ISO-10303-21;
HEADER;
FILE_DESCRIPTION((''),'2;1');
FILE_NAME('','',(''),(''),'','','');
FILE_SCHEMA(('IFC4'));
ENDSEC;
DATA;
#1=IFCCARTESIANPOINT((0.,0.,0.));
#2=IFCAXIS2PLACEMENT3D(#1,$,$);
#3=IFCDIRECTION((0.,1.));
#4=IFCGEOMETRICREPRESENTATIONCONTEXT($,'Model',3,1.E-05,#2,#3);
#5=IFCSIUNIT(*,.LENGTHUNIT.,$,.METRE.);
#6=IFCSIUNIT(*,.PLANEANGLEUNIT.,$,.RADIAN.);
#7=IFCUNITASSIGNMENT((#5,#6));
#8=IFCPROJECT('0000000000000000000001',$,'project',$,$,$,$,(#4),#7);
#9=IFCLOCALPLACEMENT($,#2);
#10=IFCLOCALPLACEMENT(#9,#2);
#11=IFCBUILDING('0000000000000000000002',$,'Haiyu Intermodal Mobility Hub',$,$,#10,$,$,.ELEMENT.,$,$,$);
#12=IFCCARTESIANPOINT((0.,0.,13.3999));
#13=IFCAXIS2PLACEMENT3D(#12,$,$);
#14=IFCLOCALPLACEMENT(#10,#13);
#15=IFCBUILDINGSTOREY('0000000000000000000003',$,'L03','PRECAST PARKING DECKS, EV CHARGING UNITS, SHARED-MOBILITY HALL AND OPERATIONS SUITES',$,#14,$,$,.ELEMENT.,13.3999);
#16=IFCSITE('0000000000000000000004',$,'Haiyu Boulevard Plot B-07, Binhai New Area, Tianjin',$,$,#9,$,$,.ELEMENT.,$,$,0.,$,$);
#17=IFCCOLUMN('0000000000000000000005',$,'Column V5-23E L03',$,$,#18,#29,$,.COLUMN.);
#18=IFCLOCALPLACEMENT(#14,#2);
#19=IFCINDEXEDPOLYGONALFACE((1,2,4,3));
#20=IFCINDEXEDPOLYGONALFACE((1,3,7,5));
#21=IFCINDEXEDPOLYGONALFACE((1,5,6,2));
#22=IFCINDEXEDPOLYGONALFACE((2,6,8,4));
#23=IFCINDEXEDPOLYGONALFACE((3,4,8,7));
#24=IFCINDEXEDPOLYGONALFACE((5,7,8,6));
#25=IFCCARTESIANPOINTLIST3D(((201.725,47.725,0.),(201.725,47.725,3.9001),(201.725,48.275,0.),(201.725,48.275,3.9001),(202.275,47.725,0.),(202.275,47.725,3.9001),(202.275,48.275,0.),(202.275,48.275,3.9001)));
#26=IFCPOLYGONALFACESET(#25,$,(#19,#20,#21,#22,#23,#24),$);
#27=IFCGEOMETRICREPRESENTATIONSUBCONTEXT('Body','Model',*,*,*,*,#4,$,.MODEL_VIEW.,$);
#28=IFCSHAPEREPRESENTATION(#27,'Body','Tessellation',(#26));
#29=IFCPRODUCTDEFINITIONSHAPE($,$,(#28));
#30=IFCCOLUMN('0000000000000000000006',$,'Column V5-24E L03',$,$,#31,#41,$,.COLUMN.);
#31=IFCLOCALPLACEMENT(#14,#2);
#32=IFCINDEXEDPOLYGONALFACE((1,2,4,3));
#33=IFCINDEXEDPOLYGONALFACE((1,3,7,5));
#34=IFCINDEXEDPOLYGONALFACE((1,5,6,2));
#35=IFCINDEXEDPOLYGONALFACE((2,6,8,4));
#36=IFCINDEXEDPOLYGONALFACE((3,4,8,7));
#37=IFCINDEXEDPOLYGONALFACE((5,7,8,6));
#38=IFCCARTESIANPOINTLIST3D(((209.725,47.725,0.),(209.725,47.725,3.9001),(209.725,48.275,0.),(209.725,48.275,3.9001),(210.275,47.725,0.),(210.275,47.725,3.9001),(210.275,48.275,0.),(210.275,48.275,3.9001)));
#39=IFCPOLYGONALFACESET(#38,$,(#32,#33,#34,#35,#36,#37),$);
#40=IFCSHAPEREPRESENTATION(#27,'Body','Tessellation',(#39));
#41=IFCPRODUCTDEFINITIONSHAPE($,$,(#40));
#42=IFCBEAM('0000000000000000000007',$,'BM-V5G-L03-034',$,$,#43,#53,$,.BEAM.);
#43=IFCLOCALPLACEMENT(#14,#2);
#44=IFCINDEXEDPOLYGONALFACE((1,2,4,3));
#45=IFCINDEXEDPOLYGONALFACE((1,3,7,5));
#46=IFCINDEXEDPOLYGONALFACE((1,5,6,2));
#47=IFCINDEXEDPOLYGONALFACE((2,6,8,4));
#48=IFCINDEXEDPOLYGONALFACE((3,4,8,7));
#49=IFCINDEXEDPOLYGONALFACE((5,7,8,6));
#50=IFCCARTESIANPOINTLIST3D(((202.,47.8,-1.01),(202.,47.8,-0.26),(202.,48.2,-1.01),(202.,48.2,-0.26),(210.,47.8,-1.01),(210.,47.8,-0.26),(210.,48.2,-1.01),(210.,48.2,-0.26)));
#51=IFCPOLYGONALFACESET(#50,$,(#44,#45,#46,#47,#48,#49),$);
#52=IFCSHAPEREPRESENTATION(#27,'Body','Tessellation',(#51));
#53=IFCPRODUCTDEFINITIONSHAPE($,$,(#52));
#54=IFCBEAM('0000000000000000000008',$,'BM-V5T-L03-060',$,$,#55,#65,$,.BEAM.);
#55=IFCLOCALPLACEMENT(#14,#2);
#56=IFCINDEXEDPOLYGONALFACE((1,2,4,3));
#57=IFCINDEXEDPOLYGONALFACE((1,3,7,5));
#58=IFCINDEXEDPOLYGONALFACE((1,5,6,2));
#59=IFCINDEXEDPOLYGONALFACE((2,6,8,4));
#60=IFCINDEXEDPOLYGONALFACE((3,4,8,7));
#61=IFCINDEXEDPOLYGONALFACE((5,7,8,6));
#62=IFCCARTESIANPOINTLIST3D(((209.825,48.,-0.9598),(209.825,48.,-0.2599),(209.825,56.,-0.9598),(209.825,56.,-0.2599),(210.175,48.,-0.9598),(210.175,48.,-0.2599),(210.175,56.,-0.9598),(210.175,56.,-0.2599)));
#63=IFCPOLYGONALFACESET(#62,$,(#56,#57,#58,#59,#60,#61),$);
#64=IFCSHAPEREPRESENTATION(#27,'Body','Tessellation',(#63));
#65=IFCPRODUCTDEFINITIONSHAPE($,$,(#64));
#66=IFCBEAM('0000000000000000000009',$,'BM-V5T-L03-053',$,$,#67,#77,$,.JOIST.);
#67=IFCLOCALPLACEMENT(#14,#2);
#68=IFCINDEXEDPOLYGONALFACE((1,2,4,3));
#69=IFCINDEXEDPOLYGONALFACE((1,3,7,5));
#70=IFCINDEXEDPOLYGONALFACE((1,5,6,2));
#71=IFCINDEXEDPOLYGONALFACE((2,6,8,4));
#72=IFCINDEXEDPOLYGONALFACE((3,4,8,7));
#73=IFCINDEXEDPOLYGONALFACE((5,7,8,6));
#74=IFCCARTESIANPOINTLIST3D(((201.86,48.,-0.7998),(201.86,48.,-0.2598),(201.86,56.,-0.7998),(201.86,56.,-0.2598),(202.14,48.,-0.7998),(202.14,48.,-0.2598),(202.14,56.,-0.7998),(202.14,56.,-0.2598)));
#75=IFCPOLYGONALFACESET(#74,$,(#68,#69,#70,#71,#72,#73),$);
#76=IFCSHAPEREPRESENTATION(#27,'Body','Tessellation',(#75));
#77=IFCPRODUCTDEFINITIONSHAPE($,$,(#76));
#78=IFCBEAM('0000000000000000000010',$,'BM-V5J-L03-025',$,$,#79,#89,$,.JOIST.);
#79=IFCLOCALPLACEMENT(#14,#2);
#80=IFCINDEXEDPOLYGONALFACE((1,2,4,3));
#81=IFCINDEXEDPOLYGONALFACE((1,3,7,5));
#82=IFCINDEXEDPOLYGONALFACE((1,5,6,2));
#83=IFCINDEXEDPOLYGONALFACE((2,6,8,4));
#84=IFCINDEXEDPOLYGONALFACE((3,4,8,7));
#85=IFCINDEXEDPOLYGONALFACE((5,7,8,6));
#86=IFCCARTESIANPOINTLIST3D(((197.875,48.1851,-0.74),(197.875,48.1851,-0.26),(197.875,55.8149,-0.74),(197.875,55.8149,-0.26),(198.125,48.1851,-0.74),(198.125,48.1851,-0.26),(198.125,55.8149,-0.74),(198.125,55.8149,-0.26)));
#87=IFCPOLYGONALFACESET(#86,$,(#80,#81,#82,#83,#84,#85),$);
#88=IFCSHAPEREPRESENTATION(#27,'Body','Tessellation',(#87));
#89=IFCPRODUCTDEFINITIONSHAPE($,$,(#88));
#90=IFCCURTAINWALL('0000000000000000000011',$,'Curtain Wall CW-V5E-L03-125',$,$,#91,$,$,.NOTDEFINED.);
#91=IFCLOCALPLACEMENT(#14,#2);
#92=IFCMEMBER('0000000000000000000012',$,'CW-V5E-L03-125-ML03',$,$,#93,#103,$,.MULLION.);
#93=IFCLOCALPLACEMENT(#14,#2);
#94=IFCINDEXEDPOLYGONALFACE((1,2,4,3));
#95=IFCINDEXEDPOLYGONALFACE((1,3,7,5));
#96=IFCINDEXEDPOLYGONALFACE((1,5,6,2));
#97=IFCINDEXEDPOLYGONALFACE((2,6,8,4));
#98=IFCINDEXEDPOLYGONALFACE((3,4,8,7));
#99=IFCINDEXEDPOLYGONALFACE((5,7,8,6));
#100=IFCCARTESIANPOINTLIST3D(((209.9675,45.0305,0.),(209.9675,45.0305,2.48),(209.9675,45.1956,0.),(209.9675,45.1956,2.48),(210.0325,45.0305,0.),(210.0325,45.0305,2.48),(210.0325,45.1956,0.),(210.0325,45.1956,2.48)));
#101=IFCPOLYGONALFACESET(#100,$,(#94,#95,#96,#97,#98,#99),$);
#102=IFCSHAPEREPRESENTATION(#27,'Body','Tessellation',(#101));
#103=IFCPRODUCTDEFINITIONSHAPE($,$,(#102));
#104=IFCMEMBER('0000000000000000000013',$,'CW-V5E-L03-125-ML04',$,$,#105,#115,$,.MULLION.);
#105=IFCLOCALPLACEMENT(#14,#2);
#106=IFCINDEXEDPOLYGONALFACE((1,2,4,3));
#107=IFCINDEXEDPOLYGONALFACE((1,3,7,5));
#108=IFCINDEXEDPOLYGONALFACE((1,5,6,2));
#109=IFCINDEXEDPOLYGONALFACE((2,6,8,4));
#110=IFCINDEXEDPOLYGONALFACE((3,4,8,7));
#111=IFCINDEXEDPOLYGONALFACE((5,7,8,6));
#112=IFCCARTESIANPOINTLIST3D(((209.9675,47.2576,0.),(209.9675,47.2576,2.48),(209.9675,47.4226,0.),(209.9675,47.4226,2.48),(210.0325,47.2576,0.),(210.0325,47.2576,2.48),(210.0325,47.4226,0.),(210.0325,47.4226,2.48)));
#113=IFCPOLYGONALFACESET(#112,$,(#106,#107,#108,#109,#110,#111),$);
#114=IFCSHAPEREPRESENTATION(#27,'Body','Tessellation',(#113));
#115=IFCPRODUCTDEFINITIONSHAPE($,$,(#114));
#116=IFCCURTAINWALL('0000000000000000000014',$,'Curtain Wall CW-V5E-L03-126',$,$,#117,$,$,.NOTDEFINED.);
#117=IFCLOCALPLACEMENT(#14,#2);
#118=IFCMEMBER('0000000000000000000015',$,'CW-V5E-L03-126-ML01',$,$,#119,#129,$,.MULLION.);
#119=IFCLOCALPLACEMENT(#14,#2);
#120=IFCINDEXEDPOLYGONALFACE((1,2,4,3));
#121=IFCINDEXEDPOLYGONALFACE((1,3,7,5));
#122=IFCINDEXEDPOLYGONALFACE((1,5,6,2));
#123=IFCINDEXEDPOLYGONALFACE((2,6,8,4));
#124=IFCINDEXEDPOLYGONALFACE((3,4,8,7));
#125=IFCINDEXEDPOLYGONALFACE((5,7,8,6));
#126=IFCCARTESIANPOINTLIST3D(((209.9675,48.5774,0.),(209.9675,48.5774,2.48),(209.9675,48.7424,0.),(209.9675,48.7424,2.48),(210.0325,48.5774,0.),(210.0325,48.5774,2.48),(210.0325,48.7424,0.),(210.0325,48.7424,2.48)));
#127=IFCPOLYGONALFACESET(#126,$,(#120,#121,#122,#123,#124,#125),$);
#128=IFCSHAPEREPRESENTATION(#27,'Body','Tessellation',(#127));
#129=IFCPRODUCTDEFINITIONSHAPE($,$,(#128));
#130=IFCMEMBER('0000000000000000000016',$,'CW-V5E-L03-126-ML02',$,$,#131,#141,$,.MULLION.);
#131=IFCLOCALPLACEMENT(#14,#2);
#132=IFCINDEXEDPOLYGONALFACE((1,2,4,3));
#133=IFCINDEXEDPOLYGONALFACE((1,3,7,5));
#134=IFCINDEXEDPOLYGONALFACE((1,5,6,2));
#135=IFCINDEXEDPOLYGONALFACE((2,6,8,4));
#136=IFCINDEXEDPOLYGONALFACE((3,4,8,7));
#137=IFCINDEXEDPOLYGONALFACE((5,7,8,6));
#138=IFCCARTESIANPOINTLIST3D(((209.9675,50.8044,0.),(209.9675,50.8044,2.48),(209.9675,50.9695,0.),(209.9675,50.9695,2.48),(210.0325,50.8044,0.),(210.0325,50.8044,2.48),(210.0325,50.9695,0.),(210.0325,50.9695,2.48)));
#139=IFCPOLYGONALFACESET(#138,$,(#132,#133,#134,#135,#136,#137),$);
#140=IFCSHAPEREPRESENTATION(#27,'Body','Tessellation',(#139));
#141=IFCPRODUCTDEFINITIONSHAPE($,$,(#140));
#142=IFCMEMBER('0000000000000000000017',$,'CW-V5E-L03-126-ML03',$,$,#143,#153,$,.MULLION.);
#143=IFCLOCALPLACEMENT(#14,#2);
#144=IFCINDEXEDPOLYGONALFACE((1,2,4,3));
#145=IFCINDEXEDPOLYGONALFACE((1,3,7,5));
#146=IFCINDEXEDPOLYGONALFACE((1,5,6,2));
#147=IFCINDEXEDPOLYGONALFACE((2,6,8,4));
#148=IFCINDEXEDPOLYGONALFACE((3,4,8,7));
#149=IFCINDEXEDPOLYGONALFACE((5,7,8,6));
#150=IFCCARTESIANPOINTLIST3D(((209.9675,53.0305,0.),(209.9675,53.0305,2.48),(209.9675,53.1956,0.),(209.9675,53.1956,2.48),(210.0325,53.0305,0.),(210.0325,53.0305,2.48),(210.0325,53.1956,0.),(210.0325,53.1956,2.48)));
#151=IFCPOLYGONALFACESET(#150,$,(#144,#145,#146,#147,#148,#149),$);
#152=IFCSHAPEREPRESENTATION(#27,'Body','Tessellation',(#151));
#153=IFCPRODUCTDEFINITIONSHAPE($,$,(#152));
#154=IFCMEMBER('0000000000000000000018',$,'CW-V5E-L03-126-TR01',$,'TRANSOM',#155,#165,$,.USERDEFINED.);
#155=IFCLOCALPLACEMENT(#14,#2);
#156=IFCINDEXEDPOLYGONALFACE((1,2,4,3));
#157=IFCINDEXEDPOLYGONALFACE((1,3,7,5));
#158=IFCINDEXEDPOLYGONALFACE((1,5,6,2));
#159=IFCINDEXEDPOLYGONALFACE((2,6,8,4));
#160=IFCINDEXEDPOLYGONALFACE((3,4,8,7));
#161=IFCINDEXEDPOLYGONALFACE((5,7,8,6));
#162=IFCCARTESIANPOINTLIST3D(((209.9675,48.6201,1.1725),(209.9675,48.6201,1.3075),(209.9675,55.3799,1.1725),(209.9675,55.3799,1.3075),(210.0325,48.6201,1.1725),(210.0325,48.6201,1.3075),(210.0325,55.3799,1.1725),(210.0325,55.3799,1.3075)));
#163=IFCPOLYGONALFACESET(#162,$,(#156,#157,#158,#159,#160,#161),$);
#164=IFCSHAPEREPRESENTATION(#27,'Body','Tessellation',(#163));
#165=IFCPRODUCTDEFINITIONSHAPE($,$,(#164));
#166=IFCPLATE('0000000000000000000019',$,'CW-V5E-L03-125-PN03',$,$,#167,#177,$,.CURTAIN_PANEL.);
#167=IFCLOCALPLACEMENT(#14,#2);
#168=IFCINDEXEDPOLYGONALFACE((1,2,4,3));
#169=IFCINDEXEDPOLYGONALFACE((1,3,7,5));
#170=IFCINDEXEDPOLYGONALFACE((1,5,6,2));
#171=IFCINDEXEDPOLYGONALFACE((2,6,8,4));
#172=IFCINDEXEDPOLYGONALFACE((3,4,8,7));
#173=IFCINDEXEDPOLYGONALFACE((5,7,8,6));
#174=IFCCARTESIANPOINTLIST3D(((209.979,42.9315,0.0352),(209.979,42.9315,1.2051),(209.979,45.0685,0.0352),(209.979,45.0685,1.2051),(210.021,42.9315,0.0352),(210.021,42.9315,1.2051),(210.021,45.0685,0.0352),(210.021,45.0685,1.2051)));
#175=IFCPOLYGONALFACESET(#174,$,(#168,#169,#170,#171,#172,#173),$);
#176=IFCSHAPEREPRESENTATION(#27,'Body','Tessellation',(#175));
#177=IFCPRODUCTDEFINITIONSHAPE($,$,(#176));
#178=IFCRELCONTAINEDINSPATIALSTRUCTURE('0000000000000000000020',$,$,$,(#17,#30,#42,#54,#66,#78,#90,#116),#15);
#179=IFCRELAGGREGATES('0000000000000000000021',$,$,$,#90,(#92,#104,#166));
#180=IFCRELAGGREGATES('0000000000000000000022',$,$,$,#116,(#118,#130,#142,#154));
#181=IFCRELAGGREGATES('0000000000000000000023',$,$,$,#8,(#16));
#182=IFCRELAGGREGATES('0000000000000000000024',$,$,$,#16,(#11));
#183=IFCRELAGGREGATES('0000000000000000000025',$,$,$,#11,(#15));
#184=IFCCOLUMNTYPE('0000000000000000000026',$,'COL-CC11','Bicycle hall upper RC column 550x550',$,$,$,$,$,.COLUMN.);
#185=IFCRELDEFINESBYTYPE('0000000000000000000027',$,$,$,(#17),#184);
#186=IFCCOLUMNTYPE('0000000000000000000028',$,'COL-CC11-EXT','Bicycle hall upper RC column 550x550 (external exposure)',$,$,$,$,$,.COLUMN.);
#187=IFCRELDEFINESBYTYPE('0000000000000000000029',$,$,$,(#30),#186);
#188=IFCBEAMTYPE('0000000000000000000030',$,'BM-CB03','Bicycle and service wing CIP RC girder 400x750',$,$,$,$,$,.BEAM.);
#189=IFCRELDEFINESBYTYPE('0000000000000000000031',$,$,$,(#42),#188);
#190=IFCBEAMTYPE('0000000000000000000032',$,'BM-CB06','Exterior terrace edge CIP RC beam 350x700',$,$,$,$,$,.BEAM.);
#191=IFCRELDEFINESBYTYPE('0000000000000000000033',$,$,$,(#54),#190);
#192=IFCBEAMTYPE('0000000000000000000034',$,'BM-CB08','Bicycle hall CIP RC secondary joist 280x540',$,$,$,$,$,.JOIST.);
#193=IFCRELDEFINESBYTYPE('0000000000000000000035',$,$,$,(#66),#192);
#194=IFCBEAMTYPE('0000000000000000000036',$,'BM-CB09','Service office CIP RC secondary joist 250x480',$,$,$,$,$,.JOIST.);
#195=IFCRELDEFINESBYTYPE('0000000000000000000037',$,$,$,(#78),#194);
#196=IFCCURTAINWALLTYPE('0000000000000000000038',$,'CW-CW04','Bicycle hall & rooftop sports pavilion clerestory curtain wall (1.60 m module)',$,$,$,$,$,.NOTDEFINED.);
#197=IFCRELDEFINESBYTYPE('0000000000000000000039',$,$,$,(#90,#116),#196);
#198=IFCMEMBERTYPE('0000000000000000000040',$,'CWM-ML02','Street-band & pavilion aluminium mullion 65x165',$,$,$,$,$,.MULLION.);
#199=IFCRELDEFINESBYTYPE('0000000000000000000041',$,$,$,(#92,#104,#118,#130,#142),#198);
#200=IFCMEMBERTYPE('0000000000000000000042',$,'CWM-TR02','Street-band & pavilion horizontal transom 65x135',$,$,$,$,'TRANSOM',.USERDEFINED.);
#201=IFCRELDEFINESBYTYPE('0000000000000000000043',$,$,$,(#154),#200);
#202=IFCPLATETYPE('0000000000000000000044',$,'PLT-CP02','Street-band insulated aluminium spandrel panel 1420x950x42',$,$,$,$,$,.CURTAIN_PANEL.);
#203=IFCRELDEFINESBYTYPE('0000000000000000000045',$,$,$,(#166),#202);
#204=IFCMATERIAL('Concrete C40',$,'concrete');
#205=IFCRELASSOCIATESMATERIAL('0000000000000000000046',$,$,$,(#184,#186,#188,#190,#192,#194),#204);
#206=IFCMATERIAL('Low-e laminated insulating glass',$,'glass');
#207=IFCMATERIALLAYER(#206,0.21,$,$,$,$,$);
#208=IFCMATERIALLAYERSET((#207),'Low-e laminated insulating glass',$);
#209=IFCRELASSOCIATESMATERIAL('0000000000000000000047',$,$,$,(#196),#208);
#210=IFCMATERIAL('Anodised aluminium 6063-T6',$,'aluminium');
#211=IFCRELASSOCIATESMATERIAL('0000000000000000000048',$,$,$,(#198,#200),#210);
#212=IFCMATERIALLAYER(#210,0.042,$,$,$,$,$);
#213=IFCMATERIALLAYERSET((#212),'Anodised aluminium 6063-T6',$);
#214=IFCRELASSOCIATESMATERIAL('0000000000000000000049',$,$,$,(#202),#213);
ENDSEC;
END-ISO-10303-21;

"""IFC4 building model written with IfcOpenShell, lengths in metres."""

from ifc_helpers import new_model, si_unit, direction, frame, origin, origin_2d, place, context, subcontext, project, spatial, rectangle, extrude, material, layer, layer_set, material_profile, profile_set, type_object, element, aggregate, save


model = new_model("IFC4")

# Units and contexts
model_context = context("Model", 3, precision=1e-05, world=origin(), true_north=direction((0.0, 1.0)))
body_context = subcontext(model_context, "Body", "Model", "MODEL_VIEW")
ifc_project = project(units=[si_unit("LENGTHUNIT", "METRE"), si_unit("PLANEANGLEUNIT", "RADIAN")], contexts=[model_context])

# Site, building, storey
site_placement = place(None, origin())
site = spatial("IfcSite", under=ifc_project, at=site_placement, Name="Haiyu Boulevard Plot B-07, Binhai New Area, Tianjin", CompositionType="ELEMENT", RefElevation=0.0)
building_placement = place(site_placement, origin())
building = spatial("IfcBuilding", under=site, at=building_placement, Name="Haiyu Intermodal Mobility Hub", CompositionType="ELEMENT")
storey_placement = place(building_placement, frame((0.0, 0.0, 13.3999)))
storey = spatial("IfcBuildingStorey", under=building, at=storey_placement, Name="L03", Description="PRECAST PARKING DECKS, EV CHARGING UNITS, SHARED-MOBILITY HALL AND OPERATIONS SUITES", CompositionType="ELEMENT", Elevation=13.3999)

# Columns
ifc_material_1 = material(Name="Concrete C40", Category="concrete")
ifc_material_profile_1 = material_profile(ifc_material_1, rectangle(XDim=0.55, YDim=0.55, at=origin_2d()), Name="RC550x550")
ifc_profile_set_1 = profile_set([ifc_material_profile_1], Name="Concrete C40")
column_type_1 = type_object("IfcColumnType", Name="COL-CC11", Description="Bicycle hall upper RC column 550x550", PredefinedType="COLUMN", material=ifc_profile_set_1)
column_1_placement = place(storey_placement, frame((202.0, 48.0, 0.0), z_axis=(0.0, 0.0, 1.0), x_axis=(1.0, 0.0, 0.0)))
element("IfcColumn", 1, at=column_1_placement, inside=storey, type_object=column_type_1, Name="Column V5-23E L03", PredefinedType="COLUMN", context=body_context, shape_type="SweptSolid", body=[
    extrude(rectangle(XDim=0.55, YDim=0.55, at=origin_2d()), origin(), (0.0, 0.0, 1.0), 3.9001),
])
ifc_material_profile_2 = material_profile(ifc_material_1, rectangle(XDim=0.55, YDim=0.55, at=origin_2d()), Name="RC550x550")
ifc_profile_set_2 = profile_set([ifc_material_profile_2], Name="Concrete C40")
column_type_2 = type_object("IfcColumnType", Name="COL-CC11-EXT", Description="Bicycle hall upper RC column 550x550 (external exposure)", PredefinedType="COLUMN", material=ifc_profile_set_2)
column_2_placement = place(storey_placement, frame((210.0, 48.0, 0.0), z_axis=(0.0, 0.0, 1.0), x_axis=(1.0, 0.0, 0.0)))
element("IfcColumn", 2, at=column_2_placement, inside=storey, type_object=column_type_2, Name="Column V5-24E L03", PredefinedType="COLUMN", context=body_context, shape_type="SweptSolid", body=[
    extrude(rectangle(XDim=0.55, YDim=0.55, at=origin_2d()), origin(), (0.0, 0.0, 1.0), 3.9001),
])

# Beams
ifc_material_profile_3 = material_profile(ifc_material_1, rectangle(XDim=0.3999, YDim=0.75, at=origin_2d()), Name="RCB400x750")
ifc_profile_set_3 = profile_set([ifc_material_profile_3], Name="Concrete C40")
beam_type_1 = type_object("IfcBeamType", Name="BM-CB03", Description="Bicycle and service wing CIP RC girder 400x750", PredefinedType="BEAM", material=ifc_profile_set_3)
beam_1_placement = place(storey_placement, frame((202.0, 48.0, -0.635), z_axis=(1.0, 0.0, 0.0), x_axis=(0.0, 1.0, 0.0)))
element("IfcBeam", 3, at=beam_1_placement, inside=storey, type_object=beam_type_1, Name="BM-V5G-L03-034", PredefinedType="BEAM", context=body_context, shape_type="SweptSolid", body=[
    extrude(rectangle(XDim=0.3999, YDim=0.75, at=origin_2d()), origin(), (0.0, 0.0, 1.0), 8.0),
])
ifc_material_profile_4 = material_profile(ifc_material_1, rectangle(XDim=0.3501, YDim=0.7, at=origin_2d()), Name="RCB350x700")
ifc_profile_set_4 = profile_set([ifc_material_profile_4], Name="Concrete C40")
beam_type_2 = type_object("IfcBeamType", Name="BM-CB06", Description="Exterior terrace edge CIP RC beam 350x700", PredefinedType="BEAM", material=ifc_profile_set_4)
beam_2_placement = place(storey_placement, frame((210.0, 48.0, -0.6099), z_axis=(0.0, 1.0, 0.0), x_axis=(-1.0, 0.0, 0.0)))
element("IfcBeam", 4, at=beam_2_placement, inside=storey, type_object=beam_type_2, Name="BM-V5T-L03-060", PredefinedType="BEAM", context=body_context, shape_type="SweptSolid", body=[
    extrude(rectangle(XDim=0.3501, YDim=0.7, at=origin_2d()), origin(), (0.0, 0.0, 1.0), 8.0),
])
ifc_material_profile_5 = material_profile(ifc_material_1, rectangle(XDim=0.28, YDim=0.54, at=origin_2d()), Name="RCB280x540")
ifc_profile_set_5 = profile_set([ifc_material_profile_5], Name="Concrete C40")
beam_type_3 = type_object("IfcBeamType", Name="BM-CB08", Description="Bicycle hall CIP RC secondary joist 280x540", PredefinedType="JOIST", material=ifc_profile_set_5)
beam_3_placement = place(storey_placement, frame((202.0, 48.0, -0.5298), z_axis=(0.0, 1.0, 0.0), x_axis=(-1.0, 0.0, 0.0)))
element("IfcBeam", 5, at=beam_3_placement, inside=storey, type_object=beam_type_3, Name="BM-V5T-L03-053", PredefinedType="JOIST", context=body_context, shape_type="SweptSolid", body=[
    extrude(rectangle(XDim=0.28, YDim=0.54, at=origin_2d()), origin(), (0.0, 0.0, 1.0), 8.0),
])
ifc_material_profile_6 = material_profile(ifc_material_1, rectangle(XDim=0.25, YDim=0.48, at=origin_2d()), Name="RCB250x480")
ifc_profile_set_6 = profile_set([ifc_material_profile_6], Name="Concrete C40")
beam_type_4 = type_object("IfcBeamType", Name="BM-CB09", Description="Service office CIP RC secondary joist 250x480", PredefinedType="JOIST", material=ifc_profile_set_6)
beam_4_placement = place(storey_placement, frame((198.0, 48.1851, -0.5), z_axis=(0.0, 1.0, 0.0), x_axis=(-1.0, 0.0, 0.0)))
element("IfcBeam", 6, at=beam_4_placement, inside=storey, type_object=beam_type_4, Name="BM-V5J-L03-025", PredefinedType="JOIST", context=body_context, shape_type="SweptSolid", body=[
    extrude(rectangle(XDim=0.25, YDim=0.48, at=origin_2d()), origin(), (0.0, 0.0, 1.0), 7.6299),
])

# Curtain walls, members
ifc_material_2 = material(Name="Low-e laminated insulating glass", Category="glass")
ifc_layer_1 = layer(ifc_material_2, 0.21)
ifc_layer_set_1 = layer_set([ifc_layer_1], Name="Low-e laminated insulating glass")
curtain_wall_type = type_object("IfcCurtainWallType", Name="CW-CW04", Description="Bicycle hall & rooftop sports pavilion clerestory curtain wall (1.60 m module)", PredefinedType="NOTDEFINED", material=ifc_layer_set_1)
curtain_wall_1_placement = place(storey_placement, origin())
curtain_wall_1 = element("IfcCurtainWall", 7, at=curtain_wall_1_placement, inside=storey, type_object=curtain_wall_type, Name="Curtain Wall CW-V5E-L03-125", PredefinedType="NOTDEFINED")
ifc_material_3 = material(Name="Anodised aluminium 6063-T6", Category="aluminium")
ifc_material_profile_7 = material_profile(ifc_material_3, rectangle(XDim=0.0649, YDim=0.165, at=origin_2d()), Name="ALU65x165")
ifc_profile_set_7 = profile_set([ifc_material_profile_7], Name="Anodised aluminium 6063-T6")
member_type_1 = type_object("IfcMemberType", Name="CWM-ML02", Description="Street-band & pavilion aluminium mullion 65x165", PredefinedType="MULLION", material=ifc_profile_set_7)
member_1_placement = place(storey_placement, frame((210.0, 45.113, 0.0), z_axis=(0.0, 0.0, 1.0), x_axis=(1.0, 0.0, 0.0)))
member_1 = element("IfcMember", 8, at=member_1_placement, type_object=member_type_1, Name="CW-V5E-L03-125-ML03", PredefinedType="MULLION", context=body_context, shape_type="SweptSolid", body=[
    extrude(rectangle(XDim=0.0649, YDim=0.165, at=origin_2d()), origin(), (0.0, 0.0, 1.0), 2.48),
])
member_2_placement = place(storey_placement, frame((210.0, 47.3401, 0.0), z_axis=(0.0, 0.0, 1.0), x_axis=(1.0, 0.0, 0.0)))
member_2 = element("IfcMember", 9, at=member_2_placement, type_object=member_type_1, Name="CW-V5E-L03-125-ML04", PredefinedType="MULLION", context=body_context, shape_type="SweptSolid", body=[
    extrude(rectangle(XDim=0.0649, YDim=0.165, at=origin_2d()), origin(), (0.0, 0.0, 1.0), 2.48),
])
curtain_wall_2_placement = place(storey_placement, origin())
curtain_wall_2 = element("IfcCurtainWall", 10, at=curtain_wall_2_placement, inside=storey, type_object=curtain_wall_type, Name="Curtain Wall CW-V5E-L03-126", PredefinedType="NOTDEFINED")
member_3_placement = place(storey_placement, frame((210.0, 48.6599, 0.0), z_axis=(0.0, 0.0, 1.0), x_axis=(1.0, 0.0, 0.0)))
member_3 = element("IfcMember", 11, at=member_3_placement, type_object=member_type_1, Name="CW-V5E-L03-126-ML01", PredefinedType="MULLION", context=body_context, shape_type="SweptSolid", body=[
    extrude(rectangle(XDim=0.0649, YDim=0.165, at=origin_2d()), origin(), (0.0, 0.0, 1.0), 2.48),
])
member_4_placement = place(storey_placement, frame((210.0, 50.887, 0.0), z_axis=(0.0, 0.0, 1.0), x_axis=(1.0, 0.0, 0.0)))
member_4 = element("IfcMember", 12, at=member_4_placement, type_object=member_type_1, Name="CW-V5E-L03-126-ML02", PredefinedType="MULLION", context=body_context, shape_type="SweptSolid", body=[
    extrude(rectangle(XDim=0.0649, YDim=0.165, at=origin_2d()), origin(), (0.0, 0.0, 1.0), 2.48),
])
member_5_placement = place(storey_placement, frame((210.0, 53.113, 0.0), z_axis=(0.0, 0.0, 1.0), x_axis=(1.0, 0.0, 0.0)))
member_5 = element("IfcMember", 13, at=member_5_placement, type_object=member_type_1, Name="CW-V5E-L03-126-ML03", PredefinedType="MULLION", context=body_context, shape_type="SweptSolid", body=[
    extrude(rectangle(XDim=0.0649, YDim=0.165, at=origin_2d()), origin(), (0.0, 0.0, 1.0), 2.48),
])
ifc_material_profile_8 = material_profile(ifc_material_3, rectangle(XDim=0.0649, YDim=0.135, at=origin_2d()), Name="ALU65x135")
ifc_profile_set_8 = profile_set([ifc_material_profile_8], Name="Anodised aluminium 6063-T6")
member_type_2 = type_object("IfcMemberType", Name="CWM-TR02", Description="Street-band & pavilion horizontal transom 65x135", ElementType="TRANSOM", PredefinedType="USERDEFINED", material=ifc_profile_set_8)
member_6_placement = place(storey_placement, frame((210.0, 48.6201, 1.24), z_axis=(0.0, 1.0, 0.0), x_axis=(-1.0, 0.0, 0.0)))
member_6 = element("IfcMember", 14, at=member_6_placement, type_object=member_type_2, Name="CW-V5E-L03-126-TR01", ObjectType="TRANSOM", PredefinedType="USERDEFINED", context=body_context, shape_type="SweptSolid", body=[
    extrude(rectangle(XDim=0.0649, YDim=0.135, at=origin_2d()), origin(), (0.0, 0.0, 1.0), 6.7598),
])

# Plate
ifc_layer_2 = layer(ifc_material_3, 0.042)
ifc_layer_set_2 = layer_set([ifc_layer_2], Name="Anodised aluminium 6063-T6")
plate_type_1 = type_object("IfcPlateType", Name="PLT-CP02", Description="Street-band insulated aluminium spandrel panel 1420x950x42", PredefinedType="CURTAIN_PANEL", material=ifc_layer_set_2)
plate_1_placement = place(storey_placement, frame((210.0, 44.0, 0.0352), z_axis=(0.0, 0.0, 1.0), x_axis=(0.0, 1.0, 0.0)))
plate_1 = element("IfcPlate", 15, at=plate_1_placement, type_object=plate_type_1, Name="CW-V5E-L03-125-PN03", PredefinedType="CURTAIN_PANEL", context=body_context, shape_type="SweptSolid", body=[
    extrude(rectangle(XDim=2.137, YDim=0.042, at=origin_2d()), origin(), (0.0, 0.0, 1.0), 1.1699),
])
aggregate(curtain_wall_1, [member_1, member_2, plate_1])
aggregate(curtain_wall_2, [member_3, member_4, member_5, member_6])

save(model, "model.ifc")
